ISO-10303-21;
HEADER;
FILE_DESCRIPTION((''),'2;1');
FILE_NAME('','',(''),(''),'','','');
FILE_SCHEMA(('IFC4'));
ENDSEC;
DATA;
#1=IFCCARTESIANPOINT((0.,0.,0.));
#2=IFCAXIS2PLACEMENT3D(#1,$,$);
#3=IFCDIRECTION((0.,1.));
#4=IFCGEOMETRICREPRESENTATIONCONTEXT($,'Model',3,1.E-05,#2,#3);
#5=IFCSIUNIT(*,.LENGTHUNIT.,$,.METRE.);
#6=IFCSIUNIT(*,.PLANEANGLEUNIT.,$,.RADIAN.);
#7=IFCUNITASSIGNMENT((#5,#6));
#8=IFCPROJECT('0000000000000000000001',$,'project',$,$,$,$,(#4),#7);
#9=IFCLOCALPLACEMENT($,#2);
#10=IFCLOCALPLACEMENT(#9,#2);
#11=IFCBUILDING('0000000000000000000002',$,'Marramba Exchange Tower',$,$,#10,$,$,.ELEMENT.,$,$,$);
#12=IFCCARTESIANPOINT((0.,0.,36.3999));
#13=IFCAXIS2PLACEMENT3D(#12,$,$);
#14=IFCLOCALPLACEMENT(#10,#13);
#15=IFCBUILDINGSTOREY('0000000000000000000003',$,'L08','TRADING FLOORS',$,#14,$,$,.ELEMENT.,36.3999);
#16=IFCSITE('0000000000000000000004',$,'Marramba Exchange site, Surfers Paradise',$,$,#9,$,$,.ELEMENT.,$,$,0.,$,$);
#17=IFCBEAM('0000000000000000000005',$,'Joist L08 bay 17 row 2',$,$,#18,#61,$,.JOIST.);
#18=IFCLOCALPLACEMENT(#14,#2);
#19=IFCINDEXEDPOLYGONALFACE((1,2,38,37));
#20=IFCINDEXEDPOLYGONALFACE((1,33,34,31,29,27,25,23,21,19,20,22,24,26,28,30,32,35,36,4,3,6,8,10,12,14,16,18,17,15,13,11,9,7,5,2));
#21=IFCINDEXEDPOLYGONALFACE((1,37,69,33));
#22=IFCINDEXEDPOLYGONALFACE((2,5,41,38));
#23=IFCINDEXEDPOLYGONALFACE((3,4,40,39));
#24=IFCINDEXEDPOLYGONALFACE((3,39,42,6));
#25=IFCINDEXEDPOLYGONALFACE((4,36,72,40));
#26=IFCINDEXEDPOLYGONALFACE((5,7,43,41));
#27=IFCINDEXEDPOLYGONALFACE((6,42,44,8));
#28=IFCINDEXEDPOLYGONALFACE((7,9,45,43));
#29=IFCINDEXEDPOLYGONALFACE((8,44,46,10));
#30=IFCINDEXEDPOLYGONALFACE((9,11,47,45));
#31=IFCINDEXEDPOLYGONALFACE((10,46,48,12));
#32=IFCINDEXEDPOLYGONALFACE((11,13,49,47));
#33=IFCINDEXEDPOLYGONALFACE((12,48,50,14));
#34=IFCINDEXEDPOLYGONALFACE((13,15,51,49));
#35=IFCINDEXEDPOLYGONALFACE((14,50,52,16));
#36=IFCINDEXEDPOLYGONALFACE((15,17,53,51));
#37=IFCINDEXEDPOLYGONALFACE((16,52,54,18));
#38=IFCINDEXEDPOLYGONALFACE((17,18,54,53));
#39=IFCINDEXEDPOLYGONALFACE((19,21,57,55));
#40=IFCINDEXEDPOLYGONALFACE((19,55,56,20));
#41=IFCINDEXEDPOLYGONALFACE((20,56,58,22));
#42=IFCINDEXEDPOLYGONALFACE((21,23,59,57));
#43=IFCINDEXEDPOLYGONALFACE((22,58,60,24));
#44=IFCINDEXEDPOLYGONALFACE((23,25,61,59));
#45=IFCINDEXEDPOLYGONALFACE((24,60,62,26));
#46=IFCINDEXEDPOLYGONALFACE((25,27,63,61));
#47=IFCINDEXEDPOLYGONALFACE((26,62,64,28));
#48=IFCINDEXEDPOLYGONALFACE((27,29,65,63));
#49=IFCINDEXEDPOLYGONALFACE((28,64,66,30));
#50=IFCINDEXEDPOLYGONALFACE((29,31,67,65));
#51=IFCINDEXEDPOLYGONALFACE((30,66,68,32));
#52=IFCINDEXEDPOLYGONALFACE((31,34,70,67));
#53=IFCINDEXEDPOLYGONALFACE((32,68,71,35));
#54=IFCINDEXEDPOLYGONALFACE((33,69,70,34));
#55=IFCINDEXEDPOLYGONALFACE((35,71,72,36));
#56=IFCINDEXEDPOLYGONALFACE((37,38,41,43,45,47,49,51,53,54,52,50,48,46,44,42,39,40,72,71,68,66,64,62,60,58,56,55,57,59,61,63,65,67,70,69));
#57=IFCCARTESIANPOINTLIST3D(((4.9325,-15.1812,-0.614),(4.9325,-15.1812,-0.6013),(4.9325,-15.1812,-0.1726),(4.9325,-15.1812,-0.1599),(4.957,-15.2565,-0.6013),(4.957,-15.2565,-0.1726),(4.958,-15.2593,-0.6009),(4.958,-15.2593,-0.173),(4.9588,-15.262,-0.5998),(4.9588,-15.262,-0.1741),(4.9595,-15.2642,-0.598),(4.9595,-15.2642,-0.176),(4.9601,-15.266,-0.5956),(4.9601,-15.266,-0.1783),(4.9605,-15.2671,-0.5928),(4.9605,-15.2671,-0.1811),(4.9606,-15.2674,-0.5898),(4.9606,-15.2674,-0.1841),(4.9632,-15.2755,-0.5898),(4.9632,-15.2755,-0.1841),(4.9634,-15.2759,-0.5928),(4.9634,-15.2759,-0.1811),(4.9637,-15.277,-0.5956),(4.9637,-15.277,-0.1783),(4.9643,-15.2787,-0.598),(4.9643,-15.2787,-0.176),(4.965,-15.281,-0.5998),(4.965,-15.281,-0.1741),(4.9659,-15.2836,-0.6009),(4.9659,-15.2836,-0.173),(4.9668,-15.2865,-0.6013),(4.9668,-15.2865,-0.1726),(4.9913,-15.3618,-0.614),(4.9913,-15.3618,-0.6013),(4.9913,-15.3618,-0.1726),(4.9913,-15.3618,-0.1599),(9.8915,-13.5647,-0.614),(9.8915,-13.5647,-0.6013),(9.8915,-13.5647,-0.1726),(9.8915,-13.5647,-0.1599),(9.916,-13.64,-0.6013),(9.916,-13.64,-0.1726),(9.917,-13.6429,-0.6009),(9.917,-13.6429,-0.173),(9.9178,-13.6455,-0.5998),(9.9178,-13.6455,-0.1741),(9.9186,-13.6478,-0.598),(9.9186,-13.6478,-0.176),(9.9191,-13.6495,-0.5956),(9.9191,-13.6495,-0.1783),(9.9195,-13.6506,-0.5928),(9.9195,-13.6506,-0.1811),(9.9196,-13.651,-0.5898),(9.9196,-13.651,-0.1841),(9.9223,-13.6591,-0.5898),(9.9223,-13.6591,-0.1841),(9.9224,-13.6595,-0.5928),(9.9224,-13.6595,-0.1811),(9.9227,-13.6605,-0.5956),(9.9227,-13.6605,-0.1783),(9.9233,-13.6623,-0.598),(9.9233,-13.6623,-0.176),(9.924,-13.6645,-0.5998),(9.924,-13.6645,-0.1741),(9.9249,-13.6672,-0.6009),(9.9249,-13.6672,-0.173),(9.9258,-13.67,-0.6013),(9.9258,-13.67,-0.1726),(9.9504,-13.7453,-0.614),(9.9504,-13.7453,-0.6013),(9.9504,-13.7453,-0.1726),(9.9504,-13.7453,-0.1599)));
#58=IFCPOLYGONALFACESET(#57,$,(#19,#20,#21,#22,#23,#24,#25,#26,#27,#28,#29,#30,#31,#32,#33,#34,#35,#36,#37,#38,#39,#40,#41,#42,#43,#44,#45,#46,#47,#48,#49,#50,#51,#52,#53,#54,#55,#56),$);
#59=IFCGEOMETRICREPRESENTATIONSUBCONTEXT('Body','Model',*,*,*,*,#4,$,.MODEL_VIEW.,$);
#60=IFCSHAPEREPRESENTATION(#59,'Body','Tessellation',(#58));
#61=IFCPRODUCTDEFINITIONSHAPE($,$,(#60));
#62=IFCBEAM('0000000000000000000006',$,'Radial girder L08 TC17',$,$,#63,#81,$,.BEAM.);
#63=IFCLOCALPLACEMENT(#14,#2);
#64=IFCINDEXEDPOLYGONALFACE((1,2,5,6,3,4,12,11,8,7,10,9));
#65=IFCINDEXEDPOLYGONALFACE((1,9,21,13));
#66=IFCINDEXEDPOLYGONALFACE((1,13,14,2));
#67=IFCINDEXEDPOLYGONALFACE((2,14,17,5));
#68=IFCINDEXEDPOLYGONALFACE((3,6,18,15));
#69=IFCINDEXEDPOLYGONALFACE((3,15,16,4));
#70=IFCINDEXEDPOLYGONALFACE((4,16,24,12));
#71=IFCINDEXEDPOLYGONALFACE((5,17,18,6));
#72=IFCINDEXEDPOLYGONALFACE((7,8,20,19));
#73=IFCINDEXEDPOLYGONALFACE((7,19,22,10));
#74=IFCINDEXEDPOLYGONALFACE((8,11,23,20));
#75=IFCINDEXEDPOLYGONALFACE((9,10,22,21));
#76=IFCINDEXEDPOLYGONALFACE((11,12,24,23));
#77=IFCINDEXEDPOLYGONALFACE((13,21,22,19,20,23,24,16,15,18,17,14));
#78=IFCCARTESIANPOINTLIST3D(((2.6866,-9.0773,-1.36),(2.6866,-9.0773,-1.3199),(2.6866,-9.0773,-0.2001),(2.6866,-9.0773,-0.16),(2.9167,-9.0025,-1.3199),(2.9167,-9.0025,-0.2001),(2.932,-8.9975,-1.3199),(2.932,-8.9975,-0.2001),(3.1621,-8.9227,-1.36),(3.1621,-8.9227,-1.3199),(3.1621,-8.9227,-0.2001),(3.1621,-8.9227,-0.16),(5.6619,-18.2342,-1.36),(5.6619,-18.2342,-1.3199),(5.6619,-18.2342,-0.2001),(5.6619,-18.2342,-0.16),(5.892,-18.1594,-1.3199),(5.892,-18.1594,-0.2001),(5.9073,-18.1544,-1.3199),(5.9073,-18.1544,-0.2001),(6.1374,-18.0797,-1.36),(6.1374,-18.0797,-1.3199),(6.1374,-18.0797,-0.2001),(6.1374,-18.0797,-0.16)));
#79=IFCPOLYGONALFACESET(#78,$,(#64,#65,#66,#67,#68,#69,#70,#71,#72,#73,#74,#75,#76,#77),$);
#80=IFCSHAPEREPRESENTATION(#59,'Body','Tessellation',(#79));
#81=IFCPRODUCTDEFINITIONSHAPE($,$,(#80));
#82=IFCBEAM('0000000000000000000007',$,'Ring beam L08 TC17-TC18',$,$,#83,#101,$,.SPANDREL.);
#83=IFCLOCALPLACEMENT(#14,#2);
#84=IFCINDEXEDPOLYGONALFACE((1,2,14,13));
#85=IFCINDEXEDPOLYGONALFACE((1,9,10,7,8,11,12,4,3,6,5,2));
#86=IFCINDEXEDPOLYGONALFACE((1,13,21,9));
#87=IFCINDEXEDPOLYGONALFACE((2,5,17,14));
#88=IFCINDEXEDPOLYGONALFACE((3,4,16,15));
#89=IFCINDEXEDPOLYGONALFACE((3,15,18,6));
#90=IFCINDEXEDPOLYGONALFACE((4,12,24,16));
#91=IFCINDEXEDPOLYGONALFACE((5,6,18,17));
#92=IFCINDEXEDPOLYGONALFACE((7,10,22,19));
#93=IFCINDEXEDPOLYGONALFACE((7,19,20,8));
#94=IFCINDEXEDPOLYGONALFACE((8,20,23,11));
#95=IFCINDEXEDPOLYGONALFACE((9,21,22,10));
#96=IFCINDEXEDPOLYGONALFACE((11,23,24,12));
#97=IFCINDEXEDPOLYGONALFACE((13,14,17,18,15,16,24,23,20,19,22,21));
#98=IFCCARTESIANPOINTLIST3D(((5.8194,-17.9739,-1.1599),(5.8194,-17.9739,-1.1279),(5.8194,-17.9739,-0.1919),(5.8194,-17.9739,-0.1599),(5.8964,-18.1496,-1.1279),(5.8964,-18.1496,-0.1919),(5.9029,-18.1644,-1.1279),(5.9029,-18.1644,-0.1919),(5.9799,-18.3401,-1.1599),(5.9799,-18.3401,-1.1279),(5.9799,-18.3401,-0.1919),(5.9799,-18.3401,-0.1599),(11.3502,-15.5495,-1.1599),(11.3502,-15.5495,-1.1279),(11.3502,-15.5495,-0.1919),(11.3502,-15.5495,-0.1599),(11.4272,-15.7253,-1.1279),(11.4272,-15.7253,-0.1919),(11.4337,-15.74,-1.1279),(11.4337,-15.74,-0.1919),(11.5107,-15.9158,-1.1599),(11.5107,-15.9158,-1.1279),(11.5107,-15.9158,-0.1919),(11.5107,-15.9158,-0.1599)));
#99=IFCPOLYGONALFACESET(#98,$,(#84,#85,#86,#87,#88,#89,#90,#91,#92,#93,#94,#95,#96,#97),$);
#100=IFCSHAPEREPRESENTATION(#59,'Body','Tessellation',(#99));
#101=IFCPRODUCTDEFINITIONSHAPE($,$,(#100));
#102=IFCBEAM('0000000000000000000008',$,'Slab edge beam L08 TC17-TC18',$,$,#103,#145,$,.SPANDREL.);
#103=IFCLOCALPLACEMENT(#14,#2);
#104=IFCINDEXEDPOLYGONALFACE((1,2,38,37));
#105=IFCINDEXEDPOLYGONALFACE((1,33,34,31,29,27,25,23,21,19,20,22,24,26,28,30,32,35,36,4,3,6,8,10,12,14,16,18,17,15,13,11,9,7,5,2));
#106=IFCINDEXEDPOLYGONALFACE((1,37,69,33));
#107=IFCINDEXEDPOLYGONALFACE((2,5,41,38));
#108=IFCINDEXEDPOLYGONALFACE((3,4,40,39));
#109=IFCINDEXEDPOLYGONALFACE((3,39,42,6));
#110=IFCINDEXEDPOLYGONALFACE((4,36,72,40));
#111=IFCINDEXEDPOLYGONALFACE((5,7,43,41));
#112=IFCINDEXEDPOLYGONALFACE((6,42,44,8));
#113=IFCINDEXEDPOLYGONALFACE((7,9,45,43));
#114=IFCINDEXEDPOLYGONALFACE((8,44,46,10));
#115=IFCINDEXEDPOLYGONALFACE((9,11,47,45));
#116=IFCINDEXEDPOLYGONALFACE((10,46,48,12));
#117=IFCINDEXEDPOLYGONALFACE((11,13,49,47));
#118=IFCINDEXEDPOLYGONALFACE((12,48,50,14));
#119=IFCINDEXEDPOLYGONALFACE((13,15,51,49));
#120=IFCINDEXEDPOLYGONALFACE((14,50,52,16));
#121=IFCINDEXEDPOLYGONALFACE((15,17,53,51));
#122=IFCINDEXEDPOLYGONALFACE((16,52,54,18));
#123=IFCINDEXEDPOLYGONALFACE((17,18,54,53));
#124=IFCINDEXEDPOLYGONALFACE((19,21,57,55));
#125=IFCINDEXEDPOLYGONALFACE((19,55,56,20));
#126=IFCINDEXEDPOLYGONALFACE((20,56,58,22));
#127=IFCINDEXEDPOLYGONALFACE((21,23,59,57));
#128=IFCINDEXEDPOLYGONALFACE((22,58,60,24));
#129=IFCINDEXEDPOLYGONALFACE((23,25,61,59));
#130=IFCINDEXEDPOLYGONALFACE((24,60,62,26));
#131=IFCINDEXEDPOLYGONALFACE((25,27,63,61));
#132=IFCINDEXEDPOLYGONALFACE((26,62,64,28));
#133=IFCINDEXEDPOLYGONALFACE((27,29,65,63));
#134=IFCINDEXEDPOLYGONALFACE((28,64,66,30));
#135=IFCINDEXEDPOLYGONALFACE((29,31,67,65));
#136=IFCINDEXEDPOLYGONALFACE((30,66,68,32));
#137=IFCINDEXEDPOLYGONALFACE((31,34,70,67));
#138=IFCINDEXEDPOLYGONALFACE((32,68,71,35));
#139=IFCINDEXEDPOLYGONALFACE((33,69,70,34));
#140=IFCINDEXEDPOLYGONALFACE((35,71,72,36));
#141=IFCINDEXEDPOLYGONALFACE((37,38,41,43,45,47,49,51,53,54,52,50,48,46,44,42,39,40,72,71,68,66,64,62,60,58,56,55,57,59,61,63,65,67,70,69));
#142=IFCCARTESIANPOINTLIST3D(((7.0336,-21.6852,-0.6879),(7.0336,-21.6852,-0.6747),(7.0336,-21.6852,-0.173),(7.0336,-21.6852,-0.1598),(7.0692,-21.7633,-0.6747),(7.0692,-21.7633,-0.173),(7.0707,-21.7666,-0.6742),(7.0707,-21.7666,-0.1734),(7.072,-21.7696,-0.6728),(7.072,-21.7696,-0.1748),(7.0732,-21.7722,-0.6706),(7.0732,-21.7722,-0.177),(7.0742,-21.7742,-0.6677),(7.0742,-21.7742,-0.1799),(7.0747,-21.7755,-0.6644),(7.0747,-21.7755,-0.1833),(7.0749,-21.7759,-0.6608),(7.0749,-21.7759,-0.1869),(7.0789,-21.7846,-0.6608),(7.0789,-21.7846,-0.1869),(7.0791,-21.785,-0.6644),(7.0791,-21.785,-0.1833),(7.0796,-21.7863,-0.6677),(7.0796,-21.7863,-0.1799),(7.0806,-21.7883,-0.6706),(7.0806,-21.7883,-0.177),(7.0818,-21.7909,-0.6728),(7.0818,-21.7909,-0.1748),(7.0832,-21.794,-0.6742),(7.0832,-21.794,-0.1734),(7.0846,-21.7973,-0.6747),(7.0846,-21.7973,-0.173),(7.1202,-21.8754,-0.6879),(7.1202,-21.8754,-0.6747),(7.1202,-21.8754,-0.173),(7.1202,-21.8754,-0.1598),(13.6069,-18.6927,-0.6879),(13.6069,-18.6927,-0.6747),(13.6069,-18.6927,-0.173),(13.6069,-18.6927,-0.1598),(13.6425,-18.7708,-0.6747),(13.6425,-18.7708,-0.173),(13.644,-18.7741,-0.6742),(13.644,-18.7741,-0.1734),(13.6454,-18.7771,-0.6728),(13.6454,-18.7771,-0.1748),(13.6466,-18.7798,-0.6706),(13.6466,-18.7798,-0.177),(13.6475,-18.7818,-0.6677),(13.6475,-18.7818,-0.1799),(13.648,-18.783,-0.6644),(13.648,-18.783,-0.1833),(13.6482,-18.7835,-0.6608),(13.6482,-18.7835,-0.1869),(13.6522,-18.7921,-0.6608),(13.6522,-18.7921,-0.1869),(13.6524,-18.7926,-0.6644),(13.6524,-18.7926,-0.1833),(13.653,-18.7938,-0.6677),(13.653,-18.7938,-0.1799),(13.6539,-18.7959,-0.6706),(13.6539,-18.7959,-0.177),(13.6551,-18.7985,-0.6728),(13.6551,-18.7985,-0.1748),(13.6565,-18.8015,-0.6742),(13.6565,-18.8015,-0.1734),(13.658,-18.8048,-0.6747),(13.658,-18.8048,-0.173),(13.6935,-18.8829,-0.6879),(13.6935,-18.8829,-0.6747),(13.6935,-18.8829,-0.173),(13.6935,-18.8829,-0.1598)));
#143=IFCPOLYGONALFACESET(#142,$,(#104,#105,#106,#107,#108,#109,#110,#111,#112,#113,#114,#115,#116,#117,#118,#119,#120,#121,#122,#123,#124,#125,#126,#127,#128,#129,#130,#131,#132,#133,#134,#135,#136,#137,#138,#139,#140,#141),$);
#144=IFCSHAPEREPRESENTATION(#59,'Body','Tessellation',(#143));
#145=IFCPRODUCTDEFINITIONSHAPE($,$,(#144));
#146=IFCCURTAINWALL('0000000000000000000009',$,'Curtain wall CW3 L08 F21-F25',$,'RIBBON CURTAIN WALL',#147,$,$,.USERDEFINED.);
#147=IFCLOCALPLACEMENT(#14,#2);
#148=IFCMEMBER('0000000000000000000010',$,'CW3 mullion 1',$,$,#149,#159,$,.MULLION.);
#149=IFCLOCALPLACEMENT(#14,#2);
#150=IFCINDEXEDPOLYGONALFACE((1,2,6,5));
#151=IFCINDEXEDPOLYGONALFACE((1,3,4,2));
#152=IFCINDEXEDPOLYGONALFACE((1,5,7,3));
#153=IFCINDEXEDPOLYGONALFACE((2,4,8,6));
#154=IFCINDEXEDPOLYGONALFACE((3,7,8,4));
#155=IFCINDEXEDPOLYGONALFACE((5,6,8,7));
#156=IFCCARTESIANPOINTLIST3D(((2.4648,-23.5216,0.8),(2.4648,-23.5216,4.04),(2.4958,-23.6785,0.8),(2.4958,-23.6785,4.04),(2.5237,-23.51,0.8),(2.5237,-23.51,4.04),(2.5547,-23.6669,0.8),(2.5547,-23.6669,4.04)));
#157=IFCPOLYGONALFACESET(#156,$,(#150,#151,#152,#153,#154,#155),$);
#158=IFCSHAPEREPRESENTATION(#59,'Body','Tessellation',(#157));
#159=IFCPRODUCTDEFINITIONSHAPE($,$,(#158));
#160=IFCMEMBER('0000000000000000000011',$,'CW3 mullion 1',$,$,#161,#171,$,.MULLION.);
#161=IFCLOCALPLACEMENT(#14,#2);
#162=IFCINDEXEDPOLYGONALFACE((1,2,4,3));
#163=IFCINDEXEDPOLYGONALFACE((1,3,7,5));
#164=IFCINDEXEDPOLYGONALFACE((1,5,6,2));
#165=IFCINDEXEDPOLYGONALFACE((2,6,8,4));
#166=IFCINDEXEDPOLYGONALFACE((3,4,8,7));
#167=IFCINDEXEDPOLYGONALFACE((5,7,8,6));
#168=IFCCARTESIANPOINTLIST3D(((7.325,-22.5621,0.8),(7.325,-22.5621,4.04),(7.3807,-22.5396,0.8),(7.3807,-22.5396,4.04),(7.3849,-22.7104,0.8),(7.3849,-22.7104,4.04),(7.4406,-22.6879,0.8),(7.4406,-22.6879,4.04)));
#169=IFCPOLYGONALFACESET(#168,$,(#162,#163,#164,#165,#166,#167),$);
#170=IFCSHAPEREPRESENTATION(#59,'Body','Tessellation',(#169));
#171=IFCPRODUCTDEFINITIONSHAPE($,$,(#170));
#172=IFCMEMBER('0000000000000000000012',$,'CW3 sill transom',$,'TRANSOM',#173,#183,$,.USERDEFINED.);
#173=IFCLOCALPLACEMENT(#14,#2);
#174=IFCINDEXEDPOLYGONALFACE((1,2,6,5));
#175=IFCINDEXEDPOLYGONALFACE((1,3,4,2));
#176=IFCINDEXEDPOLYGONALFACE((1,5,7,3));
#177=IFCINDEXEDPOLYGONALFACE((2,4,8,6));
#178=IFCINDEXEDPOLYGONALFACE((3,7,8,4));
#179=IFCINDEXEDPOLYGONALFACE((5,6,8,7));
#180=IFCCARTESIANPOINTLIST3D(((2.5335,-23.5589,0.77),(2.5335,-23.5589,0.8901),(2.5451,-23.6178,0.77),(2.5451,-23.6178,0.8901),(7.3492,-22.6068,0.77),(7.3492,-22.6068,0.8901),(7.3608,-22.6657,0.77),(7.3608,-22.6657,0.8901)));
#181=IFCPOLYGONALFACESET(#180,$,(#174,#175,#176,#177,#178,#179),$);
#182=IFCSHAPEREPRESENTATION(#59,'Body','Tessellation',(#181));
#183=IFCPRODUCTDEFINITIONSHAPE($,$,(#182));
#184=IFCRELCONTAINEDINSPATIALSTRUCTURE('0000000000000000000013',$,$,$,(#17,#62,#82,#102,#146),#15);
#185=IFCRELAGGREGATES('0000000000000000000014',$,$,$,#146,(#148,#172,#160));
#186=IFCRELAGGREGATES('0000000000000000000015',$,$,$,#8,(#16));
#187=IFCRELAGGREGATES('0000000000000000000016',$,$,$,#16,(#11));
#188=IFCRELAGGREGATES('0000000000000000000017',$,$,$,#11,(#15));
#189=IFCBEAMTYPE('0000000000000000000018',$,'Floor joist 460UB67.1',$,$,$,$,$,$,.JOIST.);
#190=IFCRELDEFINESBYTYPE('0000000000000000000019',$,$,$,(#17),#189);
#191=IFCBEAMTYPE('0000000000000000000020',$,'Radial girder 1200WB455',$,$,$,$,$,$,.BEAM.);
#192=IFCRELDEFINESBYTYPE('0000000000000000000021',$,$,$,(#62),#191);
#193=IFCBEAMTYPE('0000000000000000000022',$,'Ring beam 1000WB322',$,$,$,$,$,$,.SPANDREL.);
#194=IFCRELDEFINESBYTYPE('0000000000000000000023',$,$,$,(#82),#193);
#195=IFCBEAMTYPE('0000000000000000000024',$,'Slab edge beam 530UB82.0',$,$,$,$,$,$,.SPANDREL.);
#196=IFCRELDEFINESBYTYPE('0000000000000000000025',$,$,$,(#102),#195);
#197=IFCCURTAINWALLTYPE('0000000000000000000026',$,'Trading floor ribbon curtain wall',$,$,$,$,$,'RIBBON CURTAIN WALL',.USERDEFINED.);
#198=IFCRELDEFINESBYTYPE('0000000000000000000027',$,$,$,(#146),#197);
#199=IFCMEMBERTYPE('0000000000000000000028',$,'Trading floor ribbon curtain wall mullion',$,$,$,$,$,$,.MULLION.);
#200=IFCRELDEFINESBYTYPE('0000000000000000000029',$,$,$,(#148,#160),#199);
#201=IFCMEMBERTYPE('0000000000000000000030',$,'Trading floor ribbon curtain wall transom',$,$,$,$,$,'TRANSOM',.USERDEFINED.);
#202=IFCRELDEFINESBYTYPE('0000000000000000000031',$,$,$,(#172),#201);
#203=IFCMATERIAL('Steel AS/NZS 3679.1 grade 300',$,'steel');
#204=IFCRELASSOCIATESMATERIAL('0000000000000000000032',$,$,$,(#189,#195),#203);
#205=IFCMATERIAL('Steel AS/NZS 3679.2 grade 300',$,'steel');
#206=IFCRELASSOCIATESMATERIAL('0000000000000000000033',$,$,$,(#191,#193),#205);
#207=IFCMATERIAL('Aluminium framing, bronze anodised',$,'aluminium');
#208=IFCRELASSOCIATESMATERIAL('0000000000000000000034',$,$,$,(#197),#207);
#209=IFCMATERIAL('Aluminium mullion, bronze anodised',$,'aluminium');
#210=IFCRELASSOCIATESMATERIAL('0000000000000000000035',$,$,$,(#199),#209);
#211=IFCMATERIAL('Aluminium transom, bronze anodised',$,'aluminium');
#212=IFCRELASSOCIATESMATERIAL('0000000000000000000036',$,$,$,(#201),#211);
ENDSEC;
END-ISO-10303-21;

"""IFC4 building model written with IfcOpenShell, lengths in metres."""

from ifc_helpers import new_model, si_unit, direction, frame, origin, origin_2d, place, context, subcontext, project, spatial, rectangle, i_section, extrude, material, material_profile, profile_set, type_object, element, aggregate, save


model = new_model("IFC4")

# Units and contexts
model_context = context("Model", 3, precision=1e-05, world=origin(), true_north=direction((0.0, 1.0)))
body_context = subcontext(model_context, "Body", "Model", "MODEL_VIEW")
ifc_project = project(units=[si_unit("LENGTHUNIT", "METRE"), si_unit("PLANEANGLEUNIT", "RADIAN")], contexts=[model_context])

# Site, building, storey
site_placement = place(None, origin())
site = spatial("IfcSite", under=ifc_project, at=site_placement, Name="Marramba Exchange site, Surfers Paradise", CompositionType="ELEMENT", RefElevation=0.0)
building_placement = place(site_placement, origin())
building = spatial("IfcBuilding", under=site, at=building_placement, Name="Marramba Exchange Tower", CompositionType="ELEMENT")
storey_placement = place(building_placement, frame((0.0, 0.0, 36.3999)))
storey = spatial("IfcBuildingStorey", under=building, at=storey_placement, Name="L08", Description="TRADING FLOORS", CompositionType="ELEMENT", Elevation=36.3999)

# Beams
ifc_material_1 = material(Name="Steel AS/NZS 3679.2 grade 300", Category="steel")
ifc_material_2 = material(Name="Steel AS/NZS 3679.1 grade 300", Category="steel")
ifc_material_profile_1 = material_profile(ifc_material_2, i_section(OverallWidth=0.1899, OverallDepth=0.4541, WebThickness=0.0085, FlangeThickness=0.0127, FilletRadius=0.0115, at=origin_2d()), Name="460UB67.1")
ifc_profile_set_1 = profile_set([ifc_material_profile_1], Name="Steel AS/NZS 3679.1 grade 300")
beam_type_1 = type_object("IfcBeamType", Name="Floor joist 460UB67.1", PredefinedType="JOIST", material=ifc_profile_set_1)
beam_1_placement = place(storey_placement, frame((4.9619, -15.2715, -0.387), z_axis=(0.950764, 0.309916, 0.0), x_axis=(-0.309916, 0.950764, 0.0)))
element("IfcBeam", 1, at=beam_1_placement, inside=storey, type_object=beam_type_1, Name="Joist L08 bay 17 row 2", PredefinedType="JOIST", context=body_context, shape_type="SweptSolid", body=[
    extrude(i_section(OverallWidth=0.1899, OverallDepth=0.4541, WebThickness=0.0085, FlangeThickness=0.0127, FilletRadius=0.0115, at=origin_2d()), origin(), (0.0, 0.0, 1.0), 5.2158),
])
ifc_material_profile_2 = material_profile(ifc_material_1, i_section(OverallWidth=0.5, OverallDepth=1.2, WebThickness=0.0161, FlangeThickness=0.04, at=origin_2d()), Name="1200WB455")
ifc_profile_set_2 = profile_set([ifc_material_profile_2], Name="Steel AS/NZS 3679.2 grade 300")
beam_type_2 = type_object("IfcBeamType", Name="Radial girder 1200WB455", PredefinedType="BEAM", material=ifc_profile_set_2)
beam_2_placement = place(storey_placement, frame((2.9243, -9.0, -0.76), z_axis=(0.309022, -0.951055, 0.0), x_axis=(0.951055, 0.309022, 0.0)))
element("IfcBeam", 2, at=beam_2_placement, inside=storey, type_object=beam_type_2, Name="Radial girder L08 TC17", PredefinedType="BEAM", context=body_context, shape_type="SweptSolid", body=[
    extrude(i_section(OverallWidth=0.5, OverallDepth=1.2, WebThickness=0.0161, FlangeThickness=0.04, at=origin_2d()), origin(), (0.0, 0.0, 1.0), 9.6282),
])
ifc_material_profile_3 = material_profile(ifc_material_1, i_section(OverallWidth=0.3999, OverallDepth=1.0, WebThickness=0.0161, FlangeThickness=0.032, at=origin_2d()), Name="1000WB322")
ifc_profile_set_3 = profile_set([ifc_material_profile_3], Name="Steel AS/NZS 3679.2 grade 300")
beam_type_3 = type_object("IfcBeamType", Name="Ring beam 1000WB322", PredefinedType="SPANDREL", material=ifc_profile_set_3)
beam_3_placement = place(storey_placement, frame((5.8997, -18.157, -0.6599), z_axis=(0.915877, 0.401459, 0.0), x_axis=(-0.401459, 0.915877, 0.0)))
element("IfcBeam", 3, at=beam_3_placement, inside=storey, type_object=beam_type_3, Name="Ring beam L08 TC17-TC18", PredefinedType="SPANDREL", context=body_context, shape_type="SweptSolid", body=[
    extrude(i_section(OverallWidth=0.3999, OverallDepth=1.0, WebThickness=0.0161, FlangeThickness=0.032, at=origin_2d()), origin(), (0.0, 0.0, 1.0), 6.0388),
])
ifc_material_profile_4 = material_profile(ifc_material_2, i_section(OverallWidth=0.209, OverallDepth=0.5281, WebThickness=0.0095, FlangeThickness=0.0132, FilletRadius=0.0139, at=origin_2d()), Name="530UB82.0")
ifc_profile_set_4 = profile_set([ifc_material_profile_4], Name="Steel AS/NZS 3679.1 grade 300")
beam_type_4 = type_object("IfcBeamType", Name="Slab edge beam 530UB82.0", PredefinedType="SPANDREL", material=ifc_profile_set_4)
beam_4_placement = place(storey_placement, frame((7.0769, -21.7803, -0.4238), z_axis=(0.910127, 0.41433, 0.0), x_axis=(-0.41433, 0.910127, 0.0)))
element("IfcBeam", 4, at=beam_4_placement, inside=storey, type_object=beam_type_4, Name="Slab edge beam L08 TC17-TC18", PredefinedType="SPANDREL", context=body_context, shape_type="SweptSolid", body=[
    extrude(i_section(OverallWidth=0.209, OverallDepth=0.5281, WebThickness=0.0095, FlangeThickness=0.0132, FilletRadius=0.0139, at=origin_2d()), origin(), (0.0, 0.0, 1.0), 7.2224),
])

# Curtain wall, members
ifc_material_3 = material(Name="Aluminium framing, bronze anodised", Category="aluminium")
curtain_wall_type = type_object("IfcCurtainWallType", Name="Trading floor ribbon curtain wall", ElementType="RIBBON CURTAIN WALL", PredefinedType="USERDEFINED", material=ifc_material_3)
curtain_wall_placement = place(storey_placement, origin())
curtain_wall = element("IfcCurtainWall", 5, at=curtain_wall_placement, inside=storey, type_object=curtain_wall_type, Name="Curtain wall CW3 L08 F21-F25", ObjectType="RIBBON CURTAIN WALL", PredefinedType="USERDEFINED")
ifc_material_4 = material(Name="Aluminium mullion, bronze anodised", Category="aluminium")
ifc_material_profile_5 = material_profile(ifc_material_4, rectangle(XDim=0.1599, YDim=0.0601, at=origin_2d()), Name="CW3 mullion 60x160")
ifc_profile_set_5 = profile_set([ifc_material_profile_5], Name="Aluminium mullion, bronze anodised")
member_type_1 = type_object("IfcMemberType", Name="Trading floor ribbon curtain wall mullion", PredefinedType="MULLION", material=ifc_profile_set_5)
member_1_placement = place(storey_placement, frame((2.5098, -23.5942, 0.8), z_axis=(0.0, 0.0, 1.0), x_axis=(-0.193961, 0.981009, 0.0)))
member_1 = element("IfcMember", 6, at=member_1_placement, type_object=member_type_1, Name="CW3 mullion 1", PredefinedType="MULLION", context=body_context, shape_type="SweptSolid", body=[
    extrude(rectangle(XDim=0.1599, YDim=0.0601, at=origin_2d()), origin(), (0.0, 0.0, 1.0), 3.24),
])
member_2_placement = place(storey_placement, frame((7.3828, -22.625, 0.8), z_axis=(0.0, 0.0, 1.0), x_axis=(-0.374218, 0.927341, 0.0)))
member_2 = element("IfcMember", 7, at=member_2_placement, type_object=member_type_1, Name="CW3 mullion 1", PredefinedType="MULLION", context=body_context, shape_type="SweptSolid", body=[
    extrude(rectangle(XDim=0.1599, YDim=0.0601, at=origin_2d()), origin(), (0.0, 0.0, 1.0), 3.24),
])
ifc_material_5 = material(Name="Aluminium transom, bronze anodised", Category="aluminium")
ifc_material_profile_6 = material_profile(ifc_material_5, rectangle(XDim=0.0601, YDim=0.1201, at=origin_2d()), Name="CW3 transom 60x120")
ifc_profile_set_6 = profile_set([ifc_material_profile_6], Name="Aluminium transom, bronze anodised")
member_type_2 = type_object("IfcMemberType", Name="Trading floor ribbon curtain wall transom", ElementType="TRANSOM", PredefinedType="USERDEFINED", material=ifc_profile_set_6)
member_3_placement = place(storey_placement, frame((2.5393, -23.5884, 0.8301), z_axis=(0.981009, 0.193964, 0.0), x_axis=(-0.193964, 0.981009, 0.0)))
member_3 = element("IfcMember", 8, at=member_3_placement, type_object=member_type_2, Name="CW3 sill transom", ObjectType="TRANSOM", PredefinedType="USERDEFINED", context=body_context, shape_type="SweptSolid", body=[
    extrude(rectangle(XDim=0.0601, YDim=0.1201, at=origin_2d()), origin(), (0.0, 0.0, 1.0), 4.9089),
])
aggregate(curtain_wall, [member_1, member_3, member_2])

save(model, "model.ifc")
